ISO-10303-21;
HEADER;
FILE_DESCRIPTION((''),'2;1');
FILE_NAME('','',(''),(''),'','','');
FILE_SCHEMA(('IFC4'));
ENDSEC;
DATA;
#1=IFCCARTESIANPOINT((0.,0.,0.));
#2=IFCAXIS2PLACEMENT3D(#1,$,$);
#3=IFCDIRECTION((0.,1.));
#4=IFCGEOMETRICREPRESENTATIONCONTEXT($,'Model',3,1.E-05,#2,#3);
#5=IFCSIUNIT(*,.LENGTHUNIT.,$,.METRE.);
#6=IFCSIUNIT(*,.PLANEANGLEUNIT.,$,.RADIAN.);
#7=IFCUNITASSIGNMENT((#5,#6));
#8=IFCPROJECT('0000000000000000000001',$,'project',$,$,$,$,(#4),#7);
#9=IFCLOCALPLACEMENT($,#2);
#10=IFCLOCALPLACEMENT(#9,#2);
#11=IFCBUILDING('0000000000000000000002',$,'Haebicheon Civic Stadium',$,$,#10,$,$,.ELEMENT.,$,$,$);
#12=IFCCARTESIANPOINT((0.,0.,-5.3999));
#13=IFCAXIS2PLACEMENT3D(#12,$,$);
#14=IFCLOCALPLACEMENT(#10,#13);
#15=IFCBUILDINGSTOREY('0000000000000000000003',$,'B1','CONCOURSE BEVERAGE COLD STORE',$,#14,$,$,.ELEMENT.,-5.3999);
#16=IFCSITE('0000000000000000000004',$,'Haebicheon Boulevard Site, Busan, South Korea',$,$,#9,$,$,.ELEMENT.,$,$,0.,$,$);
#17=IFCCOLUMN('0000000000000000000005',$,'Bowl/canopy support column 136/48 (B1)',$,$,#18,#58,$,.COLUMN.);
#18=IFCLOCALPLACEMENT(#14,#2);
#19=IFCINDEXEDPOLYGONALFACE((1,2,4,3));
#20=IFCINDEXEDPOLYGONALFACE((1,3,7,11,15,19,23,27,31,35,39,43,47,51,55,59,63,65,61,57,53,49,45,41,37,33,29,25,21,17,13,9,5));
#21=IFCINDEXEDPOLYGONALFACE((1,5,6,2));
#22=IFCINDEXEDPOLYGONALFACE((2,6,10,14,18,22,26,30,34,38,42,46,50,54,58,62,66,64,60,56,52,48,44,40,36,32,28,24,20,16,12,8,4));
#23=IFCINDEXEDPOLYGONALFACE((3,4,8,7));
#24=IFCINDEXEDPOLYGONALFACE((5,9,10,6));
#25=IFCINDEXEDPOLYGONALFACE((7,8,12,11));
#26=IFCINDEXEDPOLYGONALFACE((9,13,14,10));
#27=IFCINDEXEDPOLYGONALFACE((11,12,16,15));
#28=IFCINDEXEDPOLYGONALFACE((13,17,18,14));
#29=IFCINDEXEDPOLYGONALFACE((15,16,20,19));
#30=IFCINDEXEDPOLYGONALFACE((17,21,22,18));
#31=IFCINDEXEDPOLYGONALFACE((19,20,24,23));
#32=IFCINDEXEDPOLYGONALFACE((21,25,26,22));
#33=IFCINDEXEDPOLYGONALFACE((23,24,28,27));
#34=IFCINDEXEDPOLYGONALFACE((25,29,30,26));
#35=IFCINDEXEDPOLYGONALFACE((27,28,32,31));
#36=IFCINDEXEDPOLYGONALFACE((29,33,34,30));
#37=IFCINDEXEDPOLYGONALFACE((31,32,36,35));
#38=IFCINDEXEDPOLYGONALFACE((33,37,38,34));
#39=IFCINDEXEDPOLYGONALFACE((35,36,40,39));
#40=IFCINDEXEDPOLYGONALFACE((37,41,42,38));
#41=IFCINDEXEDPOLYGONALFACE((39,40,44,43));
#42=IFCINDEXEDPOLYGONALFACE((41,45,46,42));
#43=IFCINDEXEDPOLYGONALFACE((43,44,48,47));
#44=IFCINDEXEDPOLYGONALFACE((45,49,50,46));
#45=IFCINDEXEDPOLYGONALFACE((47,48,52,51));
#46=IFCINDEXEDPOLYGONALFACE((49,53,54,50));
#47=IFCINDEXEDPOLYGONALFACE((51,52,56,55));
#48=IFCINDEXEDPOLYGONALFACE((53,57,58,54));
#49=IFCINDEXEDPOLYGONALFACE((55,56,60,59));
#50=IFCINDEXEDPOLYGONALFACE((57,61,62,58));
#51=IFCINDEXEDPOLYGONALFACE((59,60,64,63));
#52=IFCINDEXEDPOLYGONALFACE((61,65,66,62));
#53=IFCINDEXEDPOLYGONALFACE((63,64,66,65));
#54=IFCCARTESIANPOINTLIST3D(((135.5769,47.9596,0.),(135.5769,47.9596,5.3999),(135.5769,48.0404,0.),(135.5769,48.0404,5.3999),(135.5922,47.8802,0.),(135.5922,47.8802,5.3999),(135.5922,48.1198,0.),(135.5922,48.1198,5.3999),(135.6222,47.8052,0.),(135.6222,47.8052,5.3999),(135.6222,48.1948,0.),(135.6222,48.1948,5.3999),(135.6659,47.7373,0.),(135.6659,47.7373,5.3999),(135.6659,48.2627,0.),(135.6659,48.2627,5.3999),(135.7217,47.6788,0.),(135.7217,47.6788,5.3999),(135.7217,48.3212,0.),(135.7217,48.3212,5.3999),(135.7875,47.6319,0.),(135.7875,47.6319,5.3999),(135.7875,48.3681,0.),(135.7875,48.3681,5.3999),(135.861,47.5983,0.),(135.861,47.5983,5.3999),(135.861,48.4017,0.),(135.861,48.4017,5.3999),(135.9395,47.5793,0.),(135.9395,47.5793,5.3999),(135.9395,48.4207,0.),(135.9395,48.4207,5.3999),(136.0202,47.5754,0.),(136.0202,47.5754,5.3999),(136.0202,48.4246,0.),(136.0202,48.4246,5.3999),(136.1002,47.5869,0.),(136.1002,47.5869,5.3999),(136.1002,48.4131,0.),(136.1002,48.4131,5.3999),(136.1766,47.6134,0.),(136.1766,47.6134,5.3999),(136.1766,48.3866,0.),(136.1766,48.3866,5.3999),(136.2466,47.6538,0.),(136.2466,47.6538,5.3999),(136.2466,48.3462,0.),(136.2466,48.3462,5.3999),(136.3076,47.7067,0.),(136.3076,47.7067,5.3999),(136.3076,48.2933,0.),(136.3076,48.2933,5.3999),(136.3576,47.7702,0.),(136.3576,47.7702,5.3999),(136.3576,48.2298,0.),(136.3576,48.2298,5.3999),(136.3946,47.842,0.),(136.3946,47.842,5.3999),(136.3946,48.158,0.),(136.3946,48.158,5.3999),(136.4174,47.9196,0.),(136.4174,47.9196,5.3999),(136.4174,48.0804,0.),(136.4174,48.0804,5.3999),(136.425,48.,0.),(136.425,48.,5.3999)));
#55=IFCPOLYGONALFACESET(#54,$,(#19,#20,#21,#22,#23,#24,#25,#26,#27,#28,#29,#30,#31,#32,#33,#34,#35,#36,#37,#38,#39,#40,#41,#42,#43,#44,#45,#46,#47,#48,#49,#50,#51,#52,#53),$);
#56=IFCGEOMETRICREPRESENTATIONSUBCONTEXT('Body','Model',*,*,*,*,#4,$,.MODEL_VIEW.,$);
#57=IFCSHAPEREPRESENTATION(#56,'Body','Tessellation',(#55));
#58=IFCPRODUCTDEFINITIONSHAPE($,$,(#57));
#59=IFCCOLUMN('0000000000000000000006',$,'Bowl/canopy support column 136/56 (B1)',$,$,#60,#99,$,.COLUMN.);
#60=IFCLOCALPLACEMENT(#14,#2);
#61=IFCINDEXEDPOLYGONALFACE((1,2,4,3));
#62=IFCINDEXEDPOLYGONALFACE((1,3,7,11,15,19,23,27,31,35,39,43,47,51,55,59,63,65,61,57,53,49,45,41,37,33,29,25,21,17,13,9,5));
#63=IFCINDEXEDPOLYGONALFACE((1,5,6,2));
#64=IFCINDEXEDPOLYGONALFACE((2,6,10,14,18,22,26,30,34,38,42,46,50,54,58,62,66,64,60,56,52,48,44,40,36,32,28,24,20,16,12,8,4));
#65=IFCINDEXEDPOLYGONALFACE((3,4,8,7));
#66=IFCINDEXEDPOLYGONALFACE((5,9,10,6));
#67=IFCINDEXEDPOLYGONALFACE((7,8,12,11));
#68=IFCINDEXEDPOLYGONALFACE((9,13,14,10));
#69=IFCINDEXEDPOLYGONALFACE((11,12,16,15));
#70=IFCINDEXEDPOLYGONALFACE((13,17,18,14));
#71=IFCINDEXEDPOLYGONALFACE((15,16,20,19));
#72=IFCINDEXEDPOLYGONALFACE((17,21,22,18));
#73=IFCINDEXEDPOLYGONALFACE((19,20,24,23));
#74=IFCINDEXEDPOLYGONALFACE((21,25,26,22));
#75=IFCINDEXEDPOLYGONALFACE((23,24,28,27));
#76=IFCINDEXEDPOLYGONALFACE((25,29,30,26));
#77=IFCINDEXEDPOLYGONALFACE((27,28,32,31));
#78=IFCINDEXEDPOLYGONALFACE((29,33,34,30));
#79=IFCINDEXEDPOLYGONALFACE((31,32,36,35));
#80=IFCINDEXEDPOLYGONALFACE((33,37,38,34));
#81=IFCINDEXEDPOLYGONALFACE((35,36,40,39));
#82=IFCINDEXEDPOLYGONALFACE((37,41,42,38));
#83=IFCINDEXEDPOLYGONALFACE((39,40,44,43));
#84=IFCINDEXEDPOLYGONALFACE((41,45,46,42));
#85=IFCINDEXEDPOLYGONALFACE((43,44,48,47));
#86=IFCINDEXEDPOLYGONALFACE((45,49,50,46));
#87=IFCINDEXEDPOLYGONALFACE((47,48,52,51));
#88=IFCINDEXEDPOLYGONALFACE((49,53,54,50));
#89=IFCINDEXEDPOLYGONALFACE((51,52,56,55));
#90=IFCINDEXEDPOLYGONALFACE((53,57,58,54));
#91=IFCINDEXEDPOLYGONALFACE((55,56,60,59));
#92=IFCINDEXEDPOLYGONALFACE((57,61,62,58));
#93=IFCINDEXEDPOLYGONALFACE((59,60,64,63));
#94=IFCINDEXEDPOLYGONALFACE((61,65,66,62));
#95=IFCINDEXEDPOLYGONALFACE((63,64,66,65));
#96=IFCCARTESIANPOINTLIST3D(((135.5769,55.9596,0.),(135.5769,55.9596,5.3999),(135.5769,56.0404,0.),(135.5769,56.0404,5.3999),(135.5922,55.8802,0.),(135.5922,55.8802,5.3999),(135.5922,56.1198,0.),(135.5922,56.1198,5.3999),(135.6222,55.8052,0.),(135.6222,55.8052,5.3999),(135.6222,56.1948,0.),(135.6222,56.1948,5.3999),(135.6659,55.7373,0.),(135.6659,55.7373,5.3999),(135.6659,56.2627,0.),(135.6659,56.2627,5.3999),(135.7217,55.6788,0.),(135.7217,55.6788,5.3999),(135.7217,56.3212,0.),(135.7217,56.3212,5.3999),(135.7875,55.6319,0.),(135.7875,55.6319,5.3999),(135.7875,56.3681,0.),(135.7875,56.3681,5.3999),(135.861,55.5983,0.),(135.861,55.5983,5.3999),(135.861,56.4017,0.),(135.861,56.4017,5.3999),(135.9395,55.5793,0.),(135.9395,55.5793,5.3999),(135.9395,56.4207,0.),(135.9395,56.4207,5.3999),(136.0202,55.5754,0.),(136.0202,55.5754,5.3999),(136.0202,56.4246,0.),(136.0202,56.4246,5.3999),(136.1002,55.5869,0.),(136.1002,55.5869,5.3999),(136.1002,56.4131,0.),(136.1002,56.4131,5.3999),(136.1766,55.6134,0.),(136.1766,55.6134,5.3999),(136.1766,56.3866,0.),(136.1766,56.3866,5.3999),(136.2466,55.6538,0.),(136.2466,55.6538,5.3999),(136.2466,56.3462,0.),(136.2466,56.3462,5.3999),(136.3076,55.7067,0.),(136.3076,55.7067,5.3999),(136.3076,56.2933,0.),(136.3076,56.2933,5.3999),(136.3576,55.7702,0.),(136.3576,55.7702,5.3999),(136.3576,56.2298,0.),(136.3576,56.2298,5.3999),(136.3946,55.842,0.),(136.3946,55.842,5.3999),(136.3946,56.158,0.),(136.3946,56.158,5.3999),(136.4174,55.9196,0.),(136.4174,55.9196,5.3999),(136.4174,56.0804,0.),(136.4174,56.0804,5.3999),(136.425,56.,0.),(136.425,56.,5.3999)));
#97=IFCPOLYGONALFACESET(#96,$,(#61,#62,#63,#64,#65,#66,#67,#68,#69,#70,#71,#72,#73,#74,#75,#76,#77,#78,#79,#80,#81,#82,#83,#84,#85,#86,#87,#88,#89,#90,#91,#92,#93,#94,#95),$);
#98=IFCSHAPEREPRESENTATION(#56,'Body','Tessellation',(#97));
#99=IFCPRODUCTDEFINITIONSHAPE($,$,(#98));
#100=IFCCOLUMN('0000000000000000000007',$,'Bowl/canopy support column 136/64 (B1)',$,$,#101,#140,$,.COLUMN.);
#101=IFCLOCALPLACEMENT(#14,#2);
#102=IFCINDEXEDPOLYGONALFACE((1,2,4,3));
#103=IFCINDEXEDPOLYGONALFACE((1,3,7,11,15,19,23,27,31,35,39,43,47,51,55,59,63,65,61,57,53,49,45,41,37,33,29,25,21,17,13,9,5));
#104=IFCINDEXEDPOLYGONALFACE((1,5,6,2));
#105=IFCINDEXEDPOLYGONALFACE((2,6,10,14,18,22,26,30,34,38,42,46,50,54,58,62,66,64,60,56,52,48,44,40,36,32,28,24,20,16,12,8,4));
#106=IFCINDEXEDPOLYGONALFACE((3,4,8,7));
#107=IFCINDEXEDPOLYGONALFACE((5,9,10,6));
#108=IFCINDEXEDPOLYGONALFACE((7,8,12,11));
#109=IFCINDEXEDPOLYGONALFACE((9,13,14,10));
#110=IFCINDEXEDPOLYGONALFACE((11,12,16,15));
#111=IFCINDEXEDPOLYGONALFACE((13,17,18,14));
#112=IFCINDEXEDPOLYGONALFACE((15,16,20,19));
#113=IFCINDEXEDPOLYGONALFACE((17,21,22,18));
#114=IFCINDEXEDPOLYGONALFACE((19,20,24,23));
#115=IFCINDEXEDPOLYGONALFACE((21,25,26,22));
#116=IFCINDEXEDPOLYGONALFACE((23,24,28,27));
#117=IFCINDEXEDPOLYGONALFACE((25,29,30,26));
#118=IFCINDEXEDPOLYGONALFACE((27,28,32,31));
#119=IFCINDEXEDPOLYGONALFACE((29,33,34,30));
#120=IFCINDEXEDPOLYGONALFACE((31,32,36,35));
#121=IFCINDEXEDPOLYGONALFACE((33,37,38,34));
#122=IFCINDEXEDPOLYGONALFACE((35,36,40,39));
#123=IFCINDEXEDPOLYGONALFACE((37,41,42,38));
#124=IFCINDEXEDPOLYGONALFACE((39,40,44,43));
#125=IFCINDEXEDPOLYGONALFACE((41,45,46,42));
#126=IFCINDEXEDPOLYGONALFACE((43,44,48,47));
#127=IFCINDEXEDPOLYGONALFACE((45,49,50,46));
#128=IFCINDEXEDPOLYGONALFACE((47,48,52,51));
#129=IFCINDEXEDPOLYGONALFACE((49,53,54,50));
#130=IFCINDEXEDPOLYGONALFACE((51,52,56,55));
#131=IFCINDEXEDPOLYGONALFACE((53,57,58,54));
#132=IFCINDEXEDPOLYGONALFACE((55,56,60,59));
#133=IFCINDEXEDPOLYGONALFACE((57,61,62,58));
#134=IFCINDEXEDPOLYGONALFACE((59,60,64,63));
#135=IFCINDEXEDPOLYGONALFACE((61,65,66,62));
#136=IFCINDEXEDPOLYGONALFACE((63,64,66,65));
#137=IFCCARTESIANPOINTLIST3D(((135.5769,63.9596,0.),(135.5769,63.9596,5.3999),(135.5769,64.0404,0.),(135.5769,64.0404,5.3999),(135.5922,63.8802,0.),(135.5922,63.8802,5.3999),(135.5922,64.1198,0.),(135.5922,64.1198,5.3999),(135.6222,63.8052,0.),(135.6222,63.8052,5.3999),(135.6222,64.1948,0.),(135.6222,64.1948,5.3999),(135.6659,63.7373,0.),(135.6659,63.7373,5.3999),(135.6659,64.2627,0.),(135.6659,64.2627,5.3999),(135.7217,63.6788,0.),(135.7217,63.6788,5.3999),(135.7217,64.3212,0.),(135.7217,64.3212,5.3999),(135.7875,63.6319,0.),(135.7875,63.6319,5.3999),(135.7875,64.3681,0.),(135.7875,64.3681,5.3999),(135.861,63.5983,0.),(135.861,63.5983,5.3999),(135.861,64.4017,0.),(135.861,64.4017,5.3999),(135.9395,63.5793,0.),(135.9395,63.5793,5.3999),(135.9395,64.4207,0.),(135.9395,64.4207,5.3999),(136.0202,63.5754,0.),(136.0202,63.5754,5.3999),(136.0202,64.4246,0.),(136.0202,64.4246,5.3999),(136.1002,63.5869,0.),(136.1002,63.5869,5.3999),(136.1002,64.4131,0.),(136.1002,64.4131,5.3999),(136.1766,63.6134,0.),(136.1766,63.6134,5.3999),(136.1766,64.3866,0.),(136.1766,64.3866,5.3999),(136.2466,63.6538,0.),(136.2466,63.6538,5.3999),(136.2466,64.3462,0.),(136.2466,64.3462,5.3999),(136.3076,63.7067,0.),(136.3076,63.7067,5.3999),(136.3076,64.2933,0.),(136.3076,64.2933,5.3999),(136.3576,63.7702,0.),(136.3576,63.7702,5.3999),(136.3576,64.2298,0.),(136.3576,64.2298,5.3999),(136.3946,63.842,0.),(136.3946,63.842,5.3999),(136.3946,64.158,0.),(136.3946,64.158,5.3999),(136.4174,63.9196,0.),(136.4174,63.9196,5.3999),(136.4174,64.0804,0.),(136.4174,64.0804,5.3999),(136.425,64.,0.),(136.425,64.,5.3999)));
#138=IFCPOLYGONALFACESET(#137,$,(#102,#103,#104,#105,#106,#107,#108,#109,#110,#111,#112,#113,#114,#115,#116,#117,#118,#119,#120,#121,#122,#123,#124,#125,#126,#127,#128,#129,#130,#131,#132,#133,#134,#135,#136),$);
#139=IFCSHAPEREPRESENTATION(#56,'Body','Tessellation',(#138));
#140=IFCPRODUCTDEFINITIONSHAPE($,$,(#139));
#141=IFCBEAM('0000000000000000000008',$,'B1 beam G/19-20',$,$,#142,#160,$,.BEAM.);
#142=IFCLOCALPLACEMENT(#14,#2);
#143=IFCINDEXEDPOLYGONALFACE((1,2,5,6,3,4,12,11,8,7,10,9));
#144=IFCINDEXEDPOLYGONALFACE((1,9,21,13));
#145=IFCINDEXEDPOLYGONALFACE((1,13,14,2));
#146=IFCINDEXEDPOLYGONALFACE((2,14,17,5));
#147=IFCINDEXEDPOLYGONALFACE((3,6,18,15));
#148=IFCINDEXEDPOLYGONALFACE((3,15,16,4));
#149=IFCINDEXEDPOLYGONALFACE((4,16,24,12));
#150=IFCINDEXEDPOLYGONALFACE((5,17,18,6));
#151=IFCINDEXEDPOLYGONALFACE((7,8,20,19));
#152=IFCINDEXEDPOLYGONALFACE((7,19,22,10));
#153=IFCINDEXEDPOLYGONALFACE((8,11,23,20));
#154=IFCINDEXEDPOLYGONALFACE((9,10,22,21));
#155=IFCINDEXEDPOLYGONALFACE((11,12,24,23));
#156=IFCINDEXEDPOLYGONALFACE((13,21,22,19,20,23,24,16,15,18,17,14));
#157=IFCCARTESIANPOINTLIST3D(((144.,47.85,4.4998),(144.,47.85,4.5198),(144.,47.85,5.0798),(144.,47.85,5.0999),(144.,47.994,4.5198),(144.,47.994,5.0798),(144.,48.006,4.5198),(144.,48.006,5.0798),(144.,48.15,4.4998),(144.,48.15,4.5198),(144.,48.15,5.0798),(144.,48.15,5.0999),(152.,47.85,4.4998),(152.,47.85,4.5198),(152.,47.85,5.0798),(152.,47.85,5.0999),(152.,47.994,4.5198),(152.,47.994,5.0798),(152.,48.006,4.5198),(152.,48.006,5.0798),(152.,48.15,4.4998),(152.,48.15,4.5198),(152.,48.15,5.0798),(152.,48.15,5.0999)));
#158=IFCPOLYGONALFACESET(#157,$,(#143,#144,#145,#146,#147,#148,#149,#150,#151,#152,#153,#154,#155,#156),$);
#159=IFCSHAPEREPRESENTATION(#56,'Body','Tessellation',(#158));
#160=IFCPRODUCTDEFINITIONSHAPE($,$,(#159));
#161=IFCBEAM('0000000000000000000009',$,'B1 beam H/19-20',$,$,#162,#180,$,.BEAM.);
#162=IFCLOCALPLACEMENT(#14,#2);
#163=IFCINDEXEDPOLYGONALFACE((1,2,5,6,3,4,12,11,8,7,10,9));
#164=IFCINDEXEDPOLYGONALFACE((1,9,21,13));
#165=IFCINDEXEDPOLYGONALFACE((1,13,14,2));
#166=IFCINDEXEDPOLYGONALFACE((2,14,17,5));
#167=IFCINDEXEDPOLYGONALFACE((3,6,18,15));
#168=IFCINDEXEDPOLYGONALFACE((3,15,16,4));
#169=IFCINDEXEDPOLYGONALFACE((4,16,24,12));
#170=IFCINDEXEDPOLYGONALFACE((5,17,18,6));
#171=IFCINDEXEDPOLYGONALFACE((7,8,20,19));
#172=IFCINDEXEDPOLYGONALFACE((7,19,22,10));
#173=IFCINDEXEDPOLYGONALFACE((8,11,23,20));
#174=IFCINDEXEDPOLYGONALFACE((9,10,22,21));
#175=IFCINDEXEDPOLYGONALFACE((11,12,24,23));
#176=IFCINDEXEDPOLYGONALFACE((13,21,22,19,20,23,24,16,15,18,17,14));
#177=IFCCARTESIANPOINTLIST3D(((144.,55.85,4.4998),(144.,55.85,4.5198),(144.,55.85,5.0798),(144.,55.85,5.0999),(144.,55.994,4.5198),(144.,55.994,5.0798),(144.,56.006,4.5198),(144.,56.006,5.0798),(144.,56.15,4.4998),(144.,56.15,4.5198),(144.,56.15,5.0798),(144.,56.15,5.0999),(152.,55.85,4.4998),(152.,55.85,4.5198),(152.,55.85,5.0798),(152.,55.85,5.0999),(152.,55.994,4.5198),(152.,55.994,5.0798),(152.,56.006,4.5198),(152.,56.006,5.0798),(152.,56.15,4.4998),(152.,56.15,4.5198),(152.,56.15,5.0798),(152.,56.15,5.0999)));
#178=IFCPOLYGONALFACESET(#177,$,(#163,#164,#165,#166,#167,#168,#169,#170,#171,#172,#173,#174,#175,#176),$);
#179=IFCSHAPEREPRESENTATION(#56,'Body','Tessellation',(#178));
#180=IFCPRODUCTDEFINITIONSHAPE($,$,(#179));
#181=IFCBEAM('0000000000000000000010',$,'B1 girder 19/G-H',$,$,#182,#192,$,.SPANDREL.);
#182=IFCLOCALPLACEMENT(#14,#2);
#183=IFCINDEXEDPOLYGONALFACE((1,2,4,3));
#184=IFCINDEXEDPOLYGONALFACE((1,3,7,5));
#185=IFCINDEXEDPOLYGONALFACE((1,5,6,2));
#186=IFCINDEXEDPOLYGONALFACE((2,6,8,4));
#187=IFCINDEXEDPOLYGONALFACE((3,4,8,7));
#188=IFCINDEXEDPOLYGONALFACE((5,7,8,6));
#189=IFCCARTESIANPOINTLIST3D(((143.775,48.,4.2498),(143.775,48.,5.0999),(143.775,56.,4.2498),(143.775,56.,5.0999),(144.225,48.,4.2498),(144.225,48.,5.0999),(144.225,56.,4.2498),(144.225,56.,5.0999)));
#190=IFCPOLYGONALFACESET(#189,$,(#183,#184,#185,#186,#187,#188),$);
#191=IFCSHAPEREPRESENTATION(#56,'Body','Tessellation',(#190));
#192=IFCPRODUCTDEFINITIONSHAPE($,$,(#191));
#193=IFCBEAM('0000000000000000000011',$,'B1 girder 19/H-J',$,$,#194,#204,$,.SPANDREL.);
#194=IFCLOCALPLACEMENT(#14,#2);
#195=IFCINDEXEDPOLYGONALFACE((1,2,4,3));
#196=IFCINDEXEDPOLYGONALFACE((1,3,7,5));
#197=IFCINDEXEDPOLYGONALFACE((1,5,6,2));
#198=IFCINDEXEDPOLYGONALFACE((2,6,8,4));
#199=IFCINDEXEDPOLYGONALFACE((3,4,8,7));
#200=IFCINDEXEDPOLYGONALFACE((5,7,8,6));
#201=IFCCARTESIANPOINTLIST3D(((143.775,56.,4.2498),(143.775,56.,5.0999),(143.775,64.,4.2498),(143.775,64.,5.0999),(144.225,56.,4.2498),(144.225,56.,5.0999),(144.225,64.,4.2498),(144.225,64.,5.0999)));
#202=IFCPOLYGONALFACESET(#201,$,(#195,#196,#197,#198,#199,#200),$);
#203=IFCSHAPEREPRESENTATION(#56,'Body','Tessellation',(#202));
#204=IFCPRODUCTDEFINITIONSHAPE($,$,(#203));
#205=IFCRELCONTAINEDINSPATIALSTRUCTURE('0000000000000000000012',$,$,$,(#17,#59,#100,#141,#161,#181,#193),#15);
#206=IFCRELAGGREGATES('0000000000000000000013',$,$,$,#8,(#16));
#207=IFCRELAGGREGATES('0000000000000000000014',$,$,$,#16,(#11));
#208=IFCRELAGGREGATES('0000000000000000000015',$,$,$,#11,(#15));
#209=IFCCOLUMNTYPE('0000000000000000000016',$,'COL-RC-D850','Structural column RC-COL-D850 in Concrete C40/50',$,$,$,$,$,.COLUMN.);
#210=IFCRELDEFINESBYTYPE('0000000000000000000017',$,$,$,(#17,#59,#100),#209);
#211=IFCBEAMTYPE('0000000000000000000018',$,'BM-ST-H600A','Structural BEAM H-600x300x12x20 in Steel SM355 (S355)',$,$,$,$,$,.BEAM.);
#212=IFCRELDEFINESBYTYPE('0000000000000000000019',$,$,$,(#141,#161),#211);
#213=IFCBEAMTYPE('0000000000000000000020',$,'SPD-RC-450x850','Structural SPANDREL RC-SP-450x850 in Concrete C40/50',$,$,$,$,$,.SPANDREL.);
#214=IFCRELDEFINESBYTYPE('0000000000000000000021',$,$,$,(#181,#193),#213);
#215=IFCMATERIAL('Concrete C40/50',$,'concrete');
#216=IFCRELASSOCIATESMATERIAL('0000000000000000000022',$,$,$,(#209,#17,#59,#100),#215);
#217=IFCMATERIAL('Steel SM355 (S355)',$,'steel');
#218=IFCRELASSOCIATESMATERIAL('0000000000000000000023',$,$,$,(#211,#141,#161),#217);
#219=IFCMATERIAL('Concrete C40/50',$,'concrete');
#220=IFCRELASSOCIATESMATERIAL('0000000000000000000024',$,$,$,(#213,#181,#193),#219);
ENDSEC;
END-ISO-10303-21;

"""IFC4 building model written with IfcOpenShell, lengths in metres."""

from ifc_helpers import new_model, si_unit, direction, frame, origin, origin_2d, place, context, subcontext, project, spatial, rectangle, circle, i_section, extrude, material, material_profile, profile_set, type_object, element, save


model = new_model("IFC4")

# Units and contexts
model_context = context("Model", 3, precision=1e-05, world=origin(), true_north=direction((0.0, 1.0)))
body_context = subcontext(model_context, "Body", "Model", "MODEL_VIEW")
ifc_project = project(units=[si_unit("LENGTHUNIT", "METRE"), si_unit("PLANEANGLEUNIT", "RADIAN")], contexts=[model_context])

# Site, building, storey
site_placement = place(None, origin())
site = spatial("IfcSite", under=ifc_project, at=site_placement, Name="Haebicheon Boulevard Site, Busan, South Korea", CompositionType="ELEMENT", RefElevation=0.0)
building_placement = place(site_placement, origin())
building = spatial("IfcBuilding", under=site, at=building_placement, Name="Haebicheon Civic Stadium", CompositionType="ELEMENT")
storey_placement = place(building_placement, frame((0.0, 0.0, -5.3999)))
storey = spatial("IfcBuildingStorey", under=building, at=storey_placement, Name="B1", Description="CONCOURSE BEVERAGE COLD STORE", CompositionType="ELEMENT", Elevation=-5.3999)

# Columns
ifc_material_1 = material(Name="Concrete C40/50", Category="concrete")
ifc_material_profile_1 = material_profile(ifc_material_1, circle(Radius=0.425, at=origin_2d()), Name="RC-COL-D850")
ifc_profile_set_1 = profile_set([ifc_material_profile_1], Name="Concrete C40/50")
column_type_1 = type_object("IfcColumnType", Name="COL-RC-D850", Description="Structural column RC-COL-D850 in Concrete C40/50", PredefinedType="COLUMN", material=ifc_profile_set_1)
for number, where, z_axis, x_axis, name in (
    (1, (136.0, 48.0, 0.0), (0.0, 0.0, 1.0), (1.0, 0.0, 0.0), "Bowl/canopy support column 136/48 (B1)"),
    (2, (136.0, 56.0, 0.0), (0.0, 0.0, 1.0), (1.0, 0.0, 0.0), "Bowl/canopy support column 136/56 (B1)"),
    (3, (136.0, 64.0, 0.0), (0.0, 0.0, 1.0), (1.0, 0.0, 0.0), "Bowl/canopy support column 136/64 (B1)"),
):
    element("IfcColumn", number, at=place(storey_placement, frame(where, z_axis=z_axis, x_axis=x_axis)), inside=storey, type_object=column_type_1, material=ifc_profile_set_1, Name=name, PredefinedType="COLUMN", context=body_context, shape_type="SweptSolid", body=[
        extrude(circle(Radius=0.425, at=origin_2d()), origin(), (0.0, 0.0, 1.0), 5.3999),
    ])

# Beams
ifc_material_2 = material(Name="Steel SM355 (S355)", Category="steel")
ifc_material_profile_2 = material_profile(ifc_material_2, i_section(OverallWidth=0.3, OverallDepth=0.6001, WebThickness=0.012, FlangeThickness=0.02, at=origin_2d()), Name="H-600x300x12x20")
ifc_profile_set_2 = profile_set([ifc_material_profile_2], Name="Steel SM355 (S355)")
beam_type_1 = type_object("IfcBeamType", Name="BM-ST-H600A", Description="Structural BEAM H-600x300x12x20 in Steel SM355 (S355)", PredefinedType="BEAM", material=ifc_profile_set_2)
for number, where, z_axis, x_axis, name in (
    (4, (144.0, 48.0, 4.7998), (1.0, 0.0, 0.0), (0.0, 1.0, 0.0), "B1 beam G/19-20"),
    (5, (144.0, 56.0, 4.7998), (1.0, 0.0, 0.0), (0.0, 1.0, 0.0), "B1 beam H/19-20"),
):
    element("IfcBeam", number, at=place(storey_placement, frame(where, z_axis=z_axis, x_axis=x_axis)), inside=storey, type_object=beam_type_1, material=ifc_profile_set_2, Name=name, PredefinedType="BEAM", context=body_context, shape_type="SweptSolid", body=[
        extrude(i_section(OverallWidth=0.3, OverallDepth=0.6001, WebThickness=0.012, FlangeThickness=0.02, at=origin_2d()), origin(), (0.0, 0.0, 1.0), 8.0),
    ])
ifc_material_3 = material(Name="Concrete C40/50", Category="concrete")
ifc_material_profile_3 = material_profile(ifc_material_3, rectangle(XDim=0.45, YDim=0.8501, at=origin_2d()), Name="RC-SP-450x850")
ifc_profile_set_3 = profile_set([ifc_material_profile_3], Name="Concrete C40/50")
beam_type_2 = type_object("IfcBeamType", Name="SPD-RC-450x850", Description="Structural SPANDREL RC-SP-450x850 in Concrete C40/50", PredefinedType="SPANDREL", material=ifc_profile_set_3)
for number, where, z_axis, x_axis, name in (
    (6, (144.0, 48.0, 4.6748), (0.0, 1.0, 0.0), (-1.0, 0.0, 0.0), "B1 girder 19/G-H"),
    (7, (144.0, 56.0, 4.6748), (0.0, 1.0, 0.0), (-1.0, 0.0, 0.0), "B1 girder 19/H-J"),
):
    element("IfcBeam", number, at=place(storey_placement, frame(where, z_axis=z_axis, x_axis=x_axis)), inside=storey, type_object=beam_type_2, material=ifc_profile_set_3, Name=name, PredefinedType="SPANDREL", context=body_context, shape_type="SweptSolid", body=[
        extrude(rectangle(XDim=0.45, YDim=0.8501, at=origin_2d()), origin(), (0.0, 0.0, 1.0), 8.0),
    ])

save(model, "model.ifc")
